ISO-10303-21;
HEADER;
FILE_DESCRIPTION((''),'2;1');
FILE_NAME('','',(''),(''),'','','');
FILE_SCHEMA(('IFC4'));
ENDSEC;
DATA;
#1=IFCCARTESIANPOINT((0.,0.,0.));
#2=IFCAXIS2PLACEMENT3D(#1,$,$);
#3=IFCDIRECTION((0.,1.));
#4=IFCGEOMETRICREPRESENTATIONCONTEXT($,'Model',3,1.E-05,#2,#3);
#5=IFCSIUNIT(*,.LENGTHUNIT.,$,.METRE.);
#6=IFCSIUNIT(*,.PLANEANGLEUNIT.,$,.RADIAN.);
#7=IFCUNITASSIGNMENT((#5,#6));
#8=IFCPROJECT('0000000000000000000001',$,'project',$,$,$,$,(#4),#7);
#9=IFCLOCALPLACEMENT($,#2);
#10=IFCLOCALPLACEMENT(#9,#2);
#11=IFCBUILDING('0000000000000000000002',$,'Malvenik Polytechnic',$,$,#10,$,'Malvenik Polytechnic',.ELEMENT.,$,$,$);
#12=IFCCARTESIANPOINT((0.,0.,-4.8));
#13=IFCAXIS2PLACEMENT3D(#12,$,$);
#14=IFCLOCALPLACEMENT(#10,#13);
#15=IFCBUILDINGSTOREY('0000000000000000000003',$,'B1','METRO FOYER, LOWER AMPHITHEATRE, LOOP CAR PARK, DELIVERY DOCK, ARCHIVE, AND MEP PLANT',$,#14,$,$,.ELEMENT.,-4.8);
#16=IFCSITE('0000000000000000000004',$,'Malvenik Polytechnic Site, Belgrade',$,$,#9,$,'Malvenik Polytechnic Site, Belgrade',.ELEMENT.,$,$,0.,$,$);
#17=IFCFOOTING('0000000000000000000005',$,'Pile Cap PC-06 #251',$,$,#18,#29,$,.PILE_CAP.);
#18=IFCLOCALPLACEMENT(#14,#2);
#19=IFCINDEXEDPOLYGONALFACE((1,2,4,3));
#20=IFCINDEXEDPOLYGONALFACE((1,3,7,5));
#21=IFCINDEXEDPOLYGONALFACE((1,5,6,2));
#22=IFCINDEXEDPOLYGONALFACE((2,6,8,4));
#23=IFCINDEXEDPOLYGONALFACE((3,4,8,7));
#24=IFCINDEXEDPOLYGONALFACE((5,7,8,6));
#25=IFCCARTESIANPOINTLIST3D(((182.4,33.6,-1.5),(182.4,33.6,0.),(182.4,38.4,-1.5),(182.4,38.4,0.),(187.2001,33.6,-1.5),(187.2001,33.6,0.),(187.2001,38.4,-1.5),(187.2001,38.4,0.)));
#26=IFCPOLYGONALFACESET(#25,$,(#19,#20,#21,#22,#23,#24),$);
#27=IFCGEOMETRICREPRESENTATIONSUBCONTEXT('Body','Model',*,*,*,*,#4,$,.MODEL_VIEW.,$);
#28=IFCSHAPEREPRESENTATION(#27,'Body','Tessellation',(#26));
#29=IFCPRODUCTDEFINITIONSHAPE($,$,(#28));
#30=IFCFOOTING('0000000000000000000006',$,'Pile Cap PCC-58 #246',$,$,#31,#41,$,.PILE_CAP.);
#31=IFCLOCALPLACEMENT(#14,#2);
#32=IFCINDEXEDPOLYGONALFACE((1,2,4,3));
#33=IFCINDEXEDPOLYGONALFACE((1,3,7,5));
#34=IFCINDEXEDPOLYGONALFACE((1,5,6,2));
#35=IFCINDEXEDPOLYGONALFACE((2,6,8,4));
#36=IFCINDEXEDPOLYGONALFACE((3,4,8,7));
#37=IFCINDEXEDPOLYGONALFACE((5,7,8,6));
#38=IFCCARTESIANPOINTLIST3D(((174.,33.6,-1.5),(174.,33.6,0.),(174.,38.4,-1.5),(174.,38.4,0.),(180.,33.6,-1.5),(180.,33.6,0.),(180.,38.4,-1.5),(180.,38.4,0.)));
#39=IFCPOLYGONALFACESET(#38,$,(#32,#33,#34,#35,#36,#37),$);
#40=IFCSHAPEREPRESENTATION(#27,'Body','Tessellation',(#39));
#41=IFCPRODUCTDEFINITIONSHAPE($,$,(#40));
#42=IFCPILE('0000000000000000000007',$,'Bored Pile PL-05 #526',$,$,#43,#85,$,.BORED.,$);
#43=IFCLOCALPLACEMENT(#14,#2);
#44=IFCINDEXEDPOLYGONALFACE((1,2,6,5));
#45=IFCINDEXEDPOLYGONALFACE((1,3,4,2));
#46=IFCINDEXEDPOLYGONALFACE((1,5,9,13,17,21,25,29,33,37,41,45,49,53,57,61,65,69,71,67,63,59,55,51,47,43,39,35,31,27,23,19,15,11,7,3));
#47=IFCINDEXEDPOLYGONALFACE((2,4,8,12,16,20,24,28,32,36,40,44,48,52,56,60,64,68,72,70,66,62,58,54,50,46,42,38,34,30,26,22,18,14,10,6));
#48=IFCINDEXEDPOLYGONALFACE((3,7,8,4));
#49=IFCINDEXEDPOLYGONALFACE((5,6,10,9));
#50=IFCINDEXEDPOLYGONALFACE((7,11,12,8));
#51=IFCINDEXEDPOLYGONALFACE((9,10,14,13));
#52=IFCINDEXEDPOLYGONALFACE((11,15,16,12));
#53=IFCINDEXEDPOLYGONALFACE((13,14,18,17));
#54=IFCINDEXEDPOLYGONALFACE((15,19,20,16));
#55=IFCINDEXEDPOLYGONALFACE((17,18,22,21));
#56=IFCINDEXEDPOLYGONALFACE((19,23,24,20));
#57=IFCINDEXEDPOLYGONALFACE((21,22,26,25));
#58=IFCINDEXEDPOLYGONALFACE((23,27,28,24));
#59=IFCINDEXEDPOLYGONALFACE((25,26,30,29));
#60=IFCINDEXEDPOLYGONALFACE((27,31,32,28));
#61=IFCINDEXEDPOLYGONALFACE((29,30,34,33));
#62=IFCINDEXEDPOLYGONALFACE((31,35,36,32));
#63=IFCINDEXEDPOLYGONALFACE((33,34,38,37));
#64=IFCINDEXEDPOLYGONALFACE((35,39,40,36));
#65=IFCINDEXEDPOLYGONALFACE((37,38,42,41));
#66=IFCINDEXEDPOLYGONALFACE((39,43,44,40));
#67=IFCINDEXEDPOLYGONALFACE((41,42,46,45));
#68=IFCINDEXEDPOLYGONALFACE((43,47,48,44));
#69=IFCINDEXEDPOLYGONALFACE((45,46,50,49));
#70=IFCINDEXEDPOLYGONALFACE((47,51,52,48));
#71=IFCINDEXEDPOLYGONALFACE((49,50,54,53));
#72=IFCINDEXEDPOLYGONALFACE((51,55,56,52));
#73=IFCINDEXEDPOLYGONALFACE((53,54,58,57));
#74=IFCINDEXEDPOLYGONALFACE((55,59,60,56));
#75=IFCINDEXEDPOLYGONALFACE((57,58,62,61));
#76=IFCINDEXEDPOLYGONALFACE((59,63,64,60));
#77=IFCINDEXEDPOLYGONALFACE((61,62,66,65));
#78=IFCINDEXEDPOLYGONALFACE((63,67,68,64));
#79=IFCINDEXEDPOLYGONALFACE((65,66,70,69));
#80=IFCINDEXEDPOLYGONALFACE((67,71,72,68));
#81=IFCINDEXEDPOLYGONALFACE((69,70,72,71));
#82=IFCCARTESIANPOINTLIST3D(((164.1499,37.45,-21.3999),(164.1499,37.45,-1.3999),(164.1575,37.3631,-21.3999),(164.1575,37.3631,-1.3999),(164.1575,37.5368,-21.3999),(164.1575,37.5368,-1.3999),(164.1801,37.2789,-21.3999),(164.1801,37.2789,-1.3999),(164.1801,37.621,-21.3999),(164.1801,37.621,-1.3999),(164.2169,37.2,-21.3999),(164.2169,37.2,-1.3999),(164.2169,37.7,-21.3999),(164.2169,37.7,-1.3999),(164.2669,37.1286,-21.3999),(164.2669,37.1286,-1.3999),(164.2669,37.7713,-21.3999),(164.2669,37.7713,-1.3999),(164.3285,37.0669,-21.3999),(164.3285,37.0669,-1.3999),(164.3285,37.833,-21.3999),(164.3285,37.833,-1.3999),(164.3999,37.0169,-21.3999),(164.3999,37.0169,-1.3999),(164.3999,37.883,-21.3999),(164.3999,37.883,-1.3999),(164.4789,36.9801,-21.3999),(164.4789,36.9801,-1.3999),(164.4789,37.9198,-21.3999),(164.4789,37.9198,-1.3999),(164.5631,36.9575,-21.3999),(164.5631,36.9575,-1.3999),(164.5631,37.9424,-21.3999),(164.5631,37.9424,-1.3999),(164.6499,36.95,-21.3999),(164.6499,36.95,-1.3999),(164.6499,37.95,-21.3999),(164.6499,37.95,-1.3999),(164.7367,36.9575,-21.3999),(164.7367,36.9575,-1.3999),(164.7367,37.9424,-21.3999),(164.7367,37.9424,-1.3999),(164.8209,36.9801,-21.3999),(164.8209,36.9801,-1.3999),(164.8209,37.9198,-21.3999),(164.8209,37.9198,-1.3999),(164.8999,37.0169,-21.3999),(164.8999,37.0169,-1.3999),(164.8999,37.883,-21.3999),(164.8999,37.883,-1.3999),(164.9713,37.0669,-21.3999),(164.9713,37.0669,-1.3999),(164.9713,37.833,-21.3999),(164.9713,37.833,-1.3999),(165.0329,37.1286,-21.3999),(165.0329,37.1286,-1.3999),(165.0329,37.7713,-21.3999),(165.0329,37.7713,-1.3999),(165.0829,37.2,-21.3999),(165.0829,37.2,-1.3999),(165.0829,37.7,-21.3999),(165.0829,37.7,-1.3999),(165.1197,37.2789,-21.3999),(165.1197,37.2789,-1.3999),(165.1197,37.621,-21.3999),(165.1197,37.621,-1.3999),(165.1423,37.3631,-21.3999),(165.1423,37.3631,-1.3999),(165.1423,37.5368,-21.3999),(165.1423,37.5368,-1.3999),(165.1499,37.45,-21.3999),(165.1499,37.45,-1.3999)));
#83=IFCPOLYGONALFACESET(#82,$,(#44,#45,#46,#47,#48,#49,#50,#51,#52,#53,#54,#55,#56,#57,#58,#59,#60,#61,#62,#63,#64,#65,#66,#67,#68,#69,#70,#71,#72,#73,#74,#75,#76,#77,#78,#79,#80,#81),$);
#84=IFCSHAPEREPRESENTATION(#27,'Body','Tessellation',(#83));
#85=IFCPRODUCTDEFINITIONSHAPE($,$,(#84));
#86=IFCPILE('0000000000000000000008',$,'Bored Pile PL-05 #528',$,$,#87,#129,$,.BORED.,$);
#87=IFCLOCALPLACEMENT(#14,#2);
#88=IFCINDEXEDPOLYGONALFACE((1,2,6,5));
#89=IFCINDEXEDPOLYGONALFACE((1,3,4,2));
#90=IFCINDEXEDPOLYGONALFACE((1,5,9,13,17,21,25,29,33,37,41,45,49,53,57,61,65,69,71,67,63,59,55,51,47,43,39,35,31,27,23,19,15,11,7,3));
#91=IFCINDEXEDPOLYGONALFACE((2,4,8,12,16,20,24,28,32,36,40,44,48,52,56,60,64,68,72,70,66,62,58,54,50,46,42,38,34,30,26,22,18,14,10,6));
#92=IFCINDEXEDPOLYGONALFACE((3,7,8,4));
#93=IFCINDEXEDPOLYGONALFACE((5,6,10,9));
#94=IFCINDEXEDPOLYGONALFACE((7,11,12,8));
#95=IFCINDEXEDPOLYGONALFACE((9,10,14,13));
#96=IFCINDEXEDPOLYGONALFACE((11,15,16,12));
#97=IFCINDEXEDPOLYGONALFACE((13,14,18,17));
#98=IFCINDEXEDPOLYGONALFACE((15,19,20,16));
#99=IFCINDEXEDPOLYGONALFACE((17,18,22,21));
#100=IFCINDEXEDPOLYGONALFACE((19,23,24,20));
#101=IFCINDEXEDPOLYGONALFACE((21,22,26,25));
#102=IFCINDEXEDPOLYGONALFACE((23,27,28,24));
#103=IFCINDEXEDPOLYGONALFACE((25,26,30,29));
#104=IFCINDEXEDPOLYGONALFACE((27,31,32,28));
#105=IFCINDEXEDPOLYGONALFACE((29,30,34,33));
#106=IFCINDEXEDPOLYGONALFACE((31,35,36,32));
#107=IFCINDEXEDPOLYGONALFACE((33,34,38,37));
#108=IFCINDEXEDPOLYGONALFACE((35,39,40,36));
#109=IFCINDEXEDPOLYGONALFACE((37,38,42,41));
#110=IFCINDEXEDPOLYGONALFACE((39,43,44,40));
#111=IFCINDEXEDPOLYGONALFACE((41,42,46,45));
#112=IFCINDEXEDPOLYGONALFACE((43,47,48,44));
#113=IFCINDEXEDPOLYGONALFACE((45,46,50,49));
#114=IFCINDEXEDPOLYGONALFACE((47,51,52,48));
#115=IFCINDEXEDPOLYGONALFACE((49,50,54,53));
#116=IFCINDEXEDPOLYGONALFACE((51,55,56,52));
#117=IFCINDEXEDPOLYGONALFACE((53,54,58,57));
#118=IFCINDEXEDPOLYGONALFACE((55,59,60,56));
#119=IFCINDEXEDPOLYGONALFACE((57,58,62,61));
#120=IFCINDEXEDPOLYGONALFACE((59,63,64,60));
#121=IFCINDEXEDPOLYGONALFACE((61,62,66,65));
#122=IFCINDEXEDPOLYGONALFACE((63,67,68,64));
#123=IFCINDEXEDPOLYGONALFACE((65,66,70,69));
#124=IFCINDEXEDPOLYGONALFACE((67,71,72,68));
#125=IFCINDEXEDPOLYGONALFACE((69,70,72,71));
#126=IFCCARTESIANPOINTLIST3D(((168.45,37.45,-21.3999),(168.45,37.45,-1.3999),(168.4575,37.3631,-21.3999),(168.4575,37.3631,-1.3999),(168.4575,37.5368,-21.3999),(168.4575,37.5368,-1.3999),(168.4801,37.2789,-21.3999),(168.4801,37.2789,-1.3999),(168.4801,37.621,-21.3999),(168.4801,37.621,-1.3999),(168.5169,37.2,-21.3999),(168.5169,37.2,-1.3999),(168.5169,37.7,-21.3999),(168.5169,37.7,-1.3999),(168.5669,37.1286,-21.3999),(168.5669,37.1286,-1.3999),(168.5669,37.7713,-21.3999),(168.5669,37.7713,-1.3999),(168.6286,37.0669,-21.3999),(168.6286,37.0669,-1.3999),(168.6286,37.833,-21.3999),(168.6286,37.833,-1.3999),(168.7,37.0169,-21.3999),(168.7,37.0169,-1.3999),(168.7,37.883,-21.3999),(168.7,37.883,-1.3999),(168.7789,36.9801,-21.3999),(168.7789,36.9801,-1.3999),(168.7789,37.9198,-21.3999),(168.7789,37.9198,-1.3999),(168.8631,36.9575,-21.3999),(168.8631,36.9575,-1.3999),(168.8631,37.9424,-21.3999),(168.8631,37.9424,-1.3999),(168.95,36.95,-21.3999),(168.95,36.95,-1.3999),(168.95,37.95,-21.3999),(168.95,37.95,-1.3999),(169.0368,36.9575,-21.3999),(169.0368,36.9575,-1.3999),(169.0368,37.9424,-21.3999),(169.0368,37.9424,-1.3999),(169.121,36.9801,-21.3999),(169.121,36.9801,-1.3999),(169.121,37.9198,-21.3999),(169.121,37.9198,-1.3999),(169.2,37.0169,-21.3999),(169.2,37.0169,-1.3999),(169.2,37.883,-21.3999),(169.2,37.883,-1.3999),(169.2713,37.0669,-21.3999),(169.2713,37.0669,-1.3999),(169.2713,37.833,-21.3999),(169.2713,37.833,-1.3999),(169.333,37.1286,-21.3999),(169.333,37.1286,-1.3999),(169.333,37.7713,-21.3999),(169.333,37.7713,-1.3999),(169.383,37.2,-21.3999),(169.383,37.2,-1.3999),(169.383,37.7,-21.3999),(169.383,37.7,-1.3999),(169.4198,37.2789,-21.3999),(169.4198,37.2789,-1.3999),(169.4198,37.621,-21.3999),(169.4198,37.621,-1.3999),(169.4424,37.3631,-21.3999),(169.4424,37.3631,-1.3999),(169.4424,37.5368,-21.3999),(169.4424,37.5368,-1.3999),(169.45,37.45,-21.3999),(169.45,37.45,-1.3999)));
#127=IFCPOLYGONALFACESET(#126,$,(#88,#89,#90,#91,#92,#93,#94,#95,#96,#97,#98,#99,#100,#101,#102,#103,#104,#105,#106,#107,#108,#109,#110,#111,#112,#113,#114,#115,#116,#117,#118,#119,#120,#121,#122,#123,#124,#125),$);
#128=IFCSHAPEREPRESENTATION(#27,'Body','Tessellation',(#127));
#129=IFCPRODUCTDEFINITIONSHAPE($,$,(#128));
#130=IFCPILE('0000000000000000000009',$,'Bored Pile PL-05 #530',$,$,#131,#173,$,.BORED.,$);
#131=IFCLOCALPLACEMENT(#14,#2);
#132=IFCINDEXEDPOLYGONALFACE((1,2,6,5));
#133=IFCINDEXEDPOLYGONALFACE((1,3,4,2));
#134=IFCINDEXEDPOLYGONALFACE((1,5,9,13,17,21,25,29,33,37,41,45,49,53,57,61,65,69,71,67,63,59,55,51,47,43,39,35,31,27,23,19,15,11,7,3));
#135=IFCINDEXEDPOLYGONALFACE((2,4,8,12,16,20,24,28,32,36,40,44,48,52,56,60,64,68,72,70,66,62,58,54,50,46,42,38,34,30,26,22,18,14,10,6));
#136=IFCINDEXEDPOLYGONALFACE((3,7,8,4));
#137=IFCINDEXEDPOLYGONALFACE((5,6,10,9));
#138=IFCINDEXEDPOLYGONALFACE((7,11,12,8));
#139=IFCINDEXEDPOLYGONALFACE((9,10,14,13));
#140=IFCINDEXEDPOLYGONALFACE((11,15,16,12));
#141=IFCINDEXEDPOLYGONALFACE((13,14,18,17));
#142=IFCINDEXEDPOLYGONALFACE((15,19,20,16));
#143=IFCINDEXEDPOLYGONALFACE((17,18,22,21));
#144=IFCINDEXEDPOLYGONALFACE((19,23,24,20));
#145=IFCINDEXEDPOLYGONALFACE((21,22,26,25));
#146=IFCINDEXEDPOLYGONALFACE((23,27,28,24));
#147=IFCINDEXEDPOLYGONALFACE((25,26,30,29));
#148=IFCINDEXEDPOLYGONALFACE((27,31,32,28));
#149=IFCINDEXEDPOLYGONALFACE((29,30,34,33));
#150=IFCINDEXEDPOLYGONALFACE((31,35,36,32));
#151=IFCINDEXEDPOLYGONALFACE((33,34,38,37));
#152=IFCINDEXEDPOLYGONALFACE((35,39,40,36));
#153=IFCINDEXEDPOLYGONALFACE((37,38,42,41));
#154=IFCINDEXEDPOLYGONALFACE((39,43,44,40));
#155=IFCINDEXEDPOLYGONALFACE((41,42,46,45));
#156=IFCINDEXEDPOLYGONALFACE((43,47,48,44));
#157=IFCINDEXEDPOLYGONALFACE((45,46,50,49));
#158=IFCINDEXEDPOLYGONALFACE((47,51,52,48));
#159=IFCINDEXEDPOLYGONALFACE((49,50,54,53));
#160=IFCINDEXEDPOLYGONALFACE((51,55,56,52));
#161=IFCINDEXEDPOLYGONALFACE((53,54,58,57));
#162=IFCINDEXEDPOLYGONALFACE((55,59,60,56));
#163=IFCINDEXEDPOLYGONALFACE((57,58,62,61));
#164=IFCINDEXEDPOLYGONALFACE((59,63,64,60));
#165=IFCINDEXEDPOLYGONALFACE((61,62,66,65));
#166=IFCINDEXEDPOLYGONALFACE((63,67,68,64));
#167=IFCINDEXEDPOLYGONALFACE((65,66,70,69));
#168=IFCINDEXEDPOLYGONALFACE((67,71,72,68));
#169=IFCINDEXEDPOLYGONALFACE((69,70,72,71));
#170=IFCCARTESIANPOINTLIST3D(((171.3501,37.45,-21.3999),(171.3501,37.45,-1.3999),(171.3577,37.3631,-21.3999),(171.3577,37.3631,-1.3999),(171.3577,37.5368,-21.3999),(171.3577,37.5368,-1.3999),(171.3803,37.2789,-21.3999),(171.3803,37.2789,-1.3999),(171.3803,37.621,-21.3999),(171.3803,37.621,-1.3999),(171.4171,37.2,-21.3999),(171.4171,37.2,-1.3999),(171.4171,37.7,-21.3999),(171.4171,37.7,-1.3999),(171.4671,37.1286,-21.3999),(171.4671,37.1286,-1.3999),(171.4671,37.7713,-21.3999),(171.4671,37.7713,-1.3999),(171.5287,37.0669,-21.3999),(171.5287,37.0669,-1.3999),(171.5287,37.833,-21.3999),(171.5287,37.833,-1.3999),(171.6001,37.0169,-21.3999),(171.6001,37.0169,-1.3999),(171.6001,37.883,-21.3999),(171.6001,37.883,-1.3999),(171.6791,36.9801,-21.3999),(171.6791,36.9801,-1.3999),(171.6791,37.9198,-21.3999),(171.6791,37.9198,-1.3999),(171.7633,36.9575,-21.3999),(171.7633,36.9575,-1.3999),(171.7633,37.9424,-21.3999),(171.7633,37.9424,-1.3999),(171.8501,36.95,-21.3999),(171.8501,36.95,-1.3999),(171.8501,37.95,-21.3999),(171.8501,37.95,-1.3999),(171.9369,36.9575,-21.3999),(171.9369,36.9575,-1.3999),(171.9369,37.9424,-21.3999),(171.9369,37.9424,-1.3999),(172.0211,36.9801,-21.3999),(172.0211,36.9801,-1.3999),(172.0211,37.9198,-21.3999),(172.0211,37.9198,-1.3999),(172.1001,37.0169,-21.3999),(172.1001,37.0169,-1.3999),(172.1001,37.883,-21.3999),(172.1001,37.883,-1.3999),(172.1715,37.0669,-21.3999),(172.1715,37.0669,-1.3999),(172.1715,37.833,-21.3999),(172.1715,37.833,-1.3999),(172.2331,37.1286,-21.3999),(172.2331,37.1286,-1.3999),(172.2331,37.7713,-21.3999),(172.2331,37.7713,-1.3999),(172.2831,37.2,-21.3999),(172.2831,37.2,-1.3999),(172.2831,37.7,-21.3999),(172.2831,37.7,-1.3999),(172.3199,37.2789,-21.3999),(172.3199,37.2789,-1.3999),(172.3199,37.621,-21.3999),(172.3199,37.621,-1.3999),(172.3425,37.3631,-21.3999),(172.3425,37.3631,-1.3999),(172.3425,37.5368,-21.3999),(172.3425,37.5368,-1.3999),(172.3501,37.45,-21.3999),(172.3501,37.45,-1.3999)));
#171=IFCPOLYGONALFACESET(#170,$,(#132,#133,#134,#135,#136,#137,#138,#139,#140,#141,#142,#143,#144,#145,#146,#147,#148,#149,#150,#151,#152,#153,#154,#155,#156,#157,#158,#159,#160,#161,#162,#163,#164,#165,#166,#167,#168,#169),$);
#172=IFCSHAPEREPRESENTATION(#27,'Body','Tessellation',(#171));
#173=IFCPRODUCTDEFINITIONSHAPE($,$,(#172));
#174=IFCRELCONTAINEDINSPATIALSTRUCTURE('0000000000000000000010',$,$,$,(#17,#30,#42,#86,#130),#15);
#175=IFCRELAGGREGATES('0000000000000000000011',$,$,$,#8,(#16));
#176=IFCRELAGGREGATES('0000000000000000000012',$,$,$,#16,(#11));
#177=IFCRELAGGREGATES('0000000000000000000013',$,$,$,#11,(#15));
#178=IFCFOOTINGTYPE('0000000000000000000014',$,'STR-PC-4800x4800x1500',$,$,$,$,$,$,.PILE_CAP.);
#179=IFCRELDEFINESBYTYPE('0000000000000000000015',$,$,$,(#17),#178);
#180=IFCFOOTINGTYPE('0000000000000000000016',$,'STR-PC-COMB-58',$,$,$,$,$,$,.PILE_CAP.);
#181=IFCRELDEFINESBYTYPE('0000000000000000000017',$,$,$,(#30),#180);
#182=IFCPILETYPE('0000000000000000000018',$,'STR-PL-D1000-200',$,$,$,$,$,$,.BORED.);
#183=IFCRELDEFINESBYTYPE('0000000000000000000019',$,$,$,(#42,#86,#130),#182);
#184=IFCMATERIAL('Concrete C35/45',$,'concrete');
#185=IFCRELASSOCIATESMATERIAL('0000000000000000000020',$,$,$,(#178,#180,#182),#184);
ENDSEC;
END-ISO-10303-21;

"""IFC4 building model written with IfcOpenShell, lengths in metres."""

from ifc_helpers import new_model, si_unit, direction, frame, origin, origin_2d, place, context, subcontext, project, spatial, rectangle, circle, extrude, material, material_profile, profile_set, type_object, element, save


model = new_model("IFC4")

# Units and contexts
model_context = context("Model", 3, precision=1e-05, world=origin(), true_north=direction((0.0, 1.0)))
body_context = subcontext(model_context, "Body", "Model", "MODEL_VIEW")
ifc_project = project(units=[si_unit("LENGTHUNIT", "METRE"), si_unit("PLANEANGLEUNIT", "RADIAN")], contexts=[model_context])

# Site, building, storey
site_placement = place(None, origin())
site = spatial("IfcSite", under=ifc_project, at=site_placement, Name="Malvenik Polytechnic Site, Belgrade", LongName="Malvenik Polytechnic Site, Belgrade", CompositionType="ELEMENT", RefElevation=0.0)
building_placement = place(site_placement, origin())
building = spatial("IfcBuilding", under=site, at=building_placement, Name="Malvenik Polytechnic", LongName="Malvenik Polytechnic", CompositionType="ELEMENT")
storey_placement = place(building_placement, frame((0.0, 0.0, -4.8)))
storey = spatial("IfcBuildingStorey", under=building, at=storey_placement, Name="B1", Description="METRO FOYER, LOWER AMPHITHEATRE, LOOP CAR PARK, DELIVERY DOCK, ARCHIVE, AND MEP PLANT", CompositionType="ELEMENT", Elevation=-4.8)

# Footings
ifc_material_1 = material(Name="Concrete C35/45", Category="concrete")
footing_type_1 = type_object("IfcFootingType", Name="STR-PC-4800x4800x1500", PredefinedType="PILE_CAP", material=ifc_material_1)
footing_1_placement = place(storey_placement, frame((184.8, 36.0, -1.5), z_axis=(0.0, 0.0, 1.0), x_axis=(1.0, 0.0, 0.0)))
element("IfcFooting", 1, at=footing_1_placement, inside=storey, type_object=footing_type_1, Name="Pile Cap PC-06 #251", PredefinedType="PILE_CAP", context=body_context, shape_type="SweptSolid", body=[
    extrude(rectangle(XDim=4.8, YDim=4.8, at=origin_2d()), origin(), (0.0, 0.0, 1.0), 1.5),
])
footing_type_2 = type_object("IfcFootingType", Name="STR-PC-COMB-58", PredefinedType="PILE_CAP", material=ifc_material_1)
footing_2_placement = place(storey_placement, frame((177.0, 36.0, -1.5), z_axis=(0.0, 0.0, 1.0), x_axis=(1.0, 0.0, 0.0)))
element("IfcFooting", 2, at=footing_2_placement, inside=storey, type_object=footing_type_2, Name="Pile Cap PCC-58 #246", PredefinedType="PILE_CAP", context=body_context, shape_type="SweptSolid", body=[
    extrude(rectangle(XDim=6.0, YDim=4.8, at=origin_2d()), origin(), (0.0, 0.0, 1.0), 1.5),
])

# Piles
ifc_material_profile_1 = material_profile(ifc_material_1, circle(Radius=0.5, at=origin_2d()), Name="BORED PILE D1000")
ifc_profile_set_1 = profile_set([ifc_material_profile_1], Name="Concrete C35/45")
pile_type = type_object("IfcPileType", Name="STR-PL-D1000-200", PredefinedType="BORED", material=ifc_profile_set_1)
for number, where, z_axis, x_axis, name in (
    (3, (164.6499, 37.45, -1.3999), (0.0, 0.0, -1.0), (1.0, 0.0, 0.0), "Bored Pile PL-05 #526"),
    (4, (168.95, 37.45, -1.3999), (0.0, 0.0, -1.0), (1.0, 0.0, 0.0), "Bored Pile PL-05 #528"),
    (5, (171.8501, 37.45, -1.3999), (0.0, 0.0, -1.0), (1.0, 0.0, 0.0), "Bored Pile PL-05 #530"),
):
    element("IfcPile", number, at=place(storey_placement, frame(where, z_axis=z_axis, x_axis=x_axis)), inside=storey, type_object=pile_type, Name=name, PredefinedType="BORED", context=body_context, shape_type="SweptSolid", body=[
        extrude(circle(Radius=0.5, at=origin_2d()), origin(), (0.0, 0.0, 1.0), 20.0),
    ])

save(model, "model.ifc")
